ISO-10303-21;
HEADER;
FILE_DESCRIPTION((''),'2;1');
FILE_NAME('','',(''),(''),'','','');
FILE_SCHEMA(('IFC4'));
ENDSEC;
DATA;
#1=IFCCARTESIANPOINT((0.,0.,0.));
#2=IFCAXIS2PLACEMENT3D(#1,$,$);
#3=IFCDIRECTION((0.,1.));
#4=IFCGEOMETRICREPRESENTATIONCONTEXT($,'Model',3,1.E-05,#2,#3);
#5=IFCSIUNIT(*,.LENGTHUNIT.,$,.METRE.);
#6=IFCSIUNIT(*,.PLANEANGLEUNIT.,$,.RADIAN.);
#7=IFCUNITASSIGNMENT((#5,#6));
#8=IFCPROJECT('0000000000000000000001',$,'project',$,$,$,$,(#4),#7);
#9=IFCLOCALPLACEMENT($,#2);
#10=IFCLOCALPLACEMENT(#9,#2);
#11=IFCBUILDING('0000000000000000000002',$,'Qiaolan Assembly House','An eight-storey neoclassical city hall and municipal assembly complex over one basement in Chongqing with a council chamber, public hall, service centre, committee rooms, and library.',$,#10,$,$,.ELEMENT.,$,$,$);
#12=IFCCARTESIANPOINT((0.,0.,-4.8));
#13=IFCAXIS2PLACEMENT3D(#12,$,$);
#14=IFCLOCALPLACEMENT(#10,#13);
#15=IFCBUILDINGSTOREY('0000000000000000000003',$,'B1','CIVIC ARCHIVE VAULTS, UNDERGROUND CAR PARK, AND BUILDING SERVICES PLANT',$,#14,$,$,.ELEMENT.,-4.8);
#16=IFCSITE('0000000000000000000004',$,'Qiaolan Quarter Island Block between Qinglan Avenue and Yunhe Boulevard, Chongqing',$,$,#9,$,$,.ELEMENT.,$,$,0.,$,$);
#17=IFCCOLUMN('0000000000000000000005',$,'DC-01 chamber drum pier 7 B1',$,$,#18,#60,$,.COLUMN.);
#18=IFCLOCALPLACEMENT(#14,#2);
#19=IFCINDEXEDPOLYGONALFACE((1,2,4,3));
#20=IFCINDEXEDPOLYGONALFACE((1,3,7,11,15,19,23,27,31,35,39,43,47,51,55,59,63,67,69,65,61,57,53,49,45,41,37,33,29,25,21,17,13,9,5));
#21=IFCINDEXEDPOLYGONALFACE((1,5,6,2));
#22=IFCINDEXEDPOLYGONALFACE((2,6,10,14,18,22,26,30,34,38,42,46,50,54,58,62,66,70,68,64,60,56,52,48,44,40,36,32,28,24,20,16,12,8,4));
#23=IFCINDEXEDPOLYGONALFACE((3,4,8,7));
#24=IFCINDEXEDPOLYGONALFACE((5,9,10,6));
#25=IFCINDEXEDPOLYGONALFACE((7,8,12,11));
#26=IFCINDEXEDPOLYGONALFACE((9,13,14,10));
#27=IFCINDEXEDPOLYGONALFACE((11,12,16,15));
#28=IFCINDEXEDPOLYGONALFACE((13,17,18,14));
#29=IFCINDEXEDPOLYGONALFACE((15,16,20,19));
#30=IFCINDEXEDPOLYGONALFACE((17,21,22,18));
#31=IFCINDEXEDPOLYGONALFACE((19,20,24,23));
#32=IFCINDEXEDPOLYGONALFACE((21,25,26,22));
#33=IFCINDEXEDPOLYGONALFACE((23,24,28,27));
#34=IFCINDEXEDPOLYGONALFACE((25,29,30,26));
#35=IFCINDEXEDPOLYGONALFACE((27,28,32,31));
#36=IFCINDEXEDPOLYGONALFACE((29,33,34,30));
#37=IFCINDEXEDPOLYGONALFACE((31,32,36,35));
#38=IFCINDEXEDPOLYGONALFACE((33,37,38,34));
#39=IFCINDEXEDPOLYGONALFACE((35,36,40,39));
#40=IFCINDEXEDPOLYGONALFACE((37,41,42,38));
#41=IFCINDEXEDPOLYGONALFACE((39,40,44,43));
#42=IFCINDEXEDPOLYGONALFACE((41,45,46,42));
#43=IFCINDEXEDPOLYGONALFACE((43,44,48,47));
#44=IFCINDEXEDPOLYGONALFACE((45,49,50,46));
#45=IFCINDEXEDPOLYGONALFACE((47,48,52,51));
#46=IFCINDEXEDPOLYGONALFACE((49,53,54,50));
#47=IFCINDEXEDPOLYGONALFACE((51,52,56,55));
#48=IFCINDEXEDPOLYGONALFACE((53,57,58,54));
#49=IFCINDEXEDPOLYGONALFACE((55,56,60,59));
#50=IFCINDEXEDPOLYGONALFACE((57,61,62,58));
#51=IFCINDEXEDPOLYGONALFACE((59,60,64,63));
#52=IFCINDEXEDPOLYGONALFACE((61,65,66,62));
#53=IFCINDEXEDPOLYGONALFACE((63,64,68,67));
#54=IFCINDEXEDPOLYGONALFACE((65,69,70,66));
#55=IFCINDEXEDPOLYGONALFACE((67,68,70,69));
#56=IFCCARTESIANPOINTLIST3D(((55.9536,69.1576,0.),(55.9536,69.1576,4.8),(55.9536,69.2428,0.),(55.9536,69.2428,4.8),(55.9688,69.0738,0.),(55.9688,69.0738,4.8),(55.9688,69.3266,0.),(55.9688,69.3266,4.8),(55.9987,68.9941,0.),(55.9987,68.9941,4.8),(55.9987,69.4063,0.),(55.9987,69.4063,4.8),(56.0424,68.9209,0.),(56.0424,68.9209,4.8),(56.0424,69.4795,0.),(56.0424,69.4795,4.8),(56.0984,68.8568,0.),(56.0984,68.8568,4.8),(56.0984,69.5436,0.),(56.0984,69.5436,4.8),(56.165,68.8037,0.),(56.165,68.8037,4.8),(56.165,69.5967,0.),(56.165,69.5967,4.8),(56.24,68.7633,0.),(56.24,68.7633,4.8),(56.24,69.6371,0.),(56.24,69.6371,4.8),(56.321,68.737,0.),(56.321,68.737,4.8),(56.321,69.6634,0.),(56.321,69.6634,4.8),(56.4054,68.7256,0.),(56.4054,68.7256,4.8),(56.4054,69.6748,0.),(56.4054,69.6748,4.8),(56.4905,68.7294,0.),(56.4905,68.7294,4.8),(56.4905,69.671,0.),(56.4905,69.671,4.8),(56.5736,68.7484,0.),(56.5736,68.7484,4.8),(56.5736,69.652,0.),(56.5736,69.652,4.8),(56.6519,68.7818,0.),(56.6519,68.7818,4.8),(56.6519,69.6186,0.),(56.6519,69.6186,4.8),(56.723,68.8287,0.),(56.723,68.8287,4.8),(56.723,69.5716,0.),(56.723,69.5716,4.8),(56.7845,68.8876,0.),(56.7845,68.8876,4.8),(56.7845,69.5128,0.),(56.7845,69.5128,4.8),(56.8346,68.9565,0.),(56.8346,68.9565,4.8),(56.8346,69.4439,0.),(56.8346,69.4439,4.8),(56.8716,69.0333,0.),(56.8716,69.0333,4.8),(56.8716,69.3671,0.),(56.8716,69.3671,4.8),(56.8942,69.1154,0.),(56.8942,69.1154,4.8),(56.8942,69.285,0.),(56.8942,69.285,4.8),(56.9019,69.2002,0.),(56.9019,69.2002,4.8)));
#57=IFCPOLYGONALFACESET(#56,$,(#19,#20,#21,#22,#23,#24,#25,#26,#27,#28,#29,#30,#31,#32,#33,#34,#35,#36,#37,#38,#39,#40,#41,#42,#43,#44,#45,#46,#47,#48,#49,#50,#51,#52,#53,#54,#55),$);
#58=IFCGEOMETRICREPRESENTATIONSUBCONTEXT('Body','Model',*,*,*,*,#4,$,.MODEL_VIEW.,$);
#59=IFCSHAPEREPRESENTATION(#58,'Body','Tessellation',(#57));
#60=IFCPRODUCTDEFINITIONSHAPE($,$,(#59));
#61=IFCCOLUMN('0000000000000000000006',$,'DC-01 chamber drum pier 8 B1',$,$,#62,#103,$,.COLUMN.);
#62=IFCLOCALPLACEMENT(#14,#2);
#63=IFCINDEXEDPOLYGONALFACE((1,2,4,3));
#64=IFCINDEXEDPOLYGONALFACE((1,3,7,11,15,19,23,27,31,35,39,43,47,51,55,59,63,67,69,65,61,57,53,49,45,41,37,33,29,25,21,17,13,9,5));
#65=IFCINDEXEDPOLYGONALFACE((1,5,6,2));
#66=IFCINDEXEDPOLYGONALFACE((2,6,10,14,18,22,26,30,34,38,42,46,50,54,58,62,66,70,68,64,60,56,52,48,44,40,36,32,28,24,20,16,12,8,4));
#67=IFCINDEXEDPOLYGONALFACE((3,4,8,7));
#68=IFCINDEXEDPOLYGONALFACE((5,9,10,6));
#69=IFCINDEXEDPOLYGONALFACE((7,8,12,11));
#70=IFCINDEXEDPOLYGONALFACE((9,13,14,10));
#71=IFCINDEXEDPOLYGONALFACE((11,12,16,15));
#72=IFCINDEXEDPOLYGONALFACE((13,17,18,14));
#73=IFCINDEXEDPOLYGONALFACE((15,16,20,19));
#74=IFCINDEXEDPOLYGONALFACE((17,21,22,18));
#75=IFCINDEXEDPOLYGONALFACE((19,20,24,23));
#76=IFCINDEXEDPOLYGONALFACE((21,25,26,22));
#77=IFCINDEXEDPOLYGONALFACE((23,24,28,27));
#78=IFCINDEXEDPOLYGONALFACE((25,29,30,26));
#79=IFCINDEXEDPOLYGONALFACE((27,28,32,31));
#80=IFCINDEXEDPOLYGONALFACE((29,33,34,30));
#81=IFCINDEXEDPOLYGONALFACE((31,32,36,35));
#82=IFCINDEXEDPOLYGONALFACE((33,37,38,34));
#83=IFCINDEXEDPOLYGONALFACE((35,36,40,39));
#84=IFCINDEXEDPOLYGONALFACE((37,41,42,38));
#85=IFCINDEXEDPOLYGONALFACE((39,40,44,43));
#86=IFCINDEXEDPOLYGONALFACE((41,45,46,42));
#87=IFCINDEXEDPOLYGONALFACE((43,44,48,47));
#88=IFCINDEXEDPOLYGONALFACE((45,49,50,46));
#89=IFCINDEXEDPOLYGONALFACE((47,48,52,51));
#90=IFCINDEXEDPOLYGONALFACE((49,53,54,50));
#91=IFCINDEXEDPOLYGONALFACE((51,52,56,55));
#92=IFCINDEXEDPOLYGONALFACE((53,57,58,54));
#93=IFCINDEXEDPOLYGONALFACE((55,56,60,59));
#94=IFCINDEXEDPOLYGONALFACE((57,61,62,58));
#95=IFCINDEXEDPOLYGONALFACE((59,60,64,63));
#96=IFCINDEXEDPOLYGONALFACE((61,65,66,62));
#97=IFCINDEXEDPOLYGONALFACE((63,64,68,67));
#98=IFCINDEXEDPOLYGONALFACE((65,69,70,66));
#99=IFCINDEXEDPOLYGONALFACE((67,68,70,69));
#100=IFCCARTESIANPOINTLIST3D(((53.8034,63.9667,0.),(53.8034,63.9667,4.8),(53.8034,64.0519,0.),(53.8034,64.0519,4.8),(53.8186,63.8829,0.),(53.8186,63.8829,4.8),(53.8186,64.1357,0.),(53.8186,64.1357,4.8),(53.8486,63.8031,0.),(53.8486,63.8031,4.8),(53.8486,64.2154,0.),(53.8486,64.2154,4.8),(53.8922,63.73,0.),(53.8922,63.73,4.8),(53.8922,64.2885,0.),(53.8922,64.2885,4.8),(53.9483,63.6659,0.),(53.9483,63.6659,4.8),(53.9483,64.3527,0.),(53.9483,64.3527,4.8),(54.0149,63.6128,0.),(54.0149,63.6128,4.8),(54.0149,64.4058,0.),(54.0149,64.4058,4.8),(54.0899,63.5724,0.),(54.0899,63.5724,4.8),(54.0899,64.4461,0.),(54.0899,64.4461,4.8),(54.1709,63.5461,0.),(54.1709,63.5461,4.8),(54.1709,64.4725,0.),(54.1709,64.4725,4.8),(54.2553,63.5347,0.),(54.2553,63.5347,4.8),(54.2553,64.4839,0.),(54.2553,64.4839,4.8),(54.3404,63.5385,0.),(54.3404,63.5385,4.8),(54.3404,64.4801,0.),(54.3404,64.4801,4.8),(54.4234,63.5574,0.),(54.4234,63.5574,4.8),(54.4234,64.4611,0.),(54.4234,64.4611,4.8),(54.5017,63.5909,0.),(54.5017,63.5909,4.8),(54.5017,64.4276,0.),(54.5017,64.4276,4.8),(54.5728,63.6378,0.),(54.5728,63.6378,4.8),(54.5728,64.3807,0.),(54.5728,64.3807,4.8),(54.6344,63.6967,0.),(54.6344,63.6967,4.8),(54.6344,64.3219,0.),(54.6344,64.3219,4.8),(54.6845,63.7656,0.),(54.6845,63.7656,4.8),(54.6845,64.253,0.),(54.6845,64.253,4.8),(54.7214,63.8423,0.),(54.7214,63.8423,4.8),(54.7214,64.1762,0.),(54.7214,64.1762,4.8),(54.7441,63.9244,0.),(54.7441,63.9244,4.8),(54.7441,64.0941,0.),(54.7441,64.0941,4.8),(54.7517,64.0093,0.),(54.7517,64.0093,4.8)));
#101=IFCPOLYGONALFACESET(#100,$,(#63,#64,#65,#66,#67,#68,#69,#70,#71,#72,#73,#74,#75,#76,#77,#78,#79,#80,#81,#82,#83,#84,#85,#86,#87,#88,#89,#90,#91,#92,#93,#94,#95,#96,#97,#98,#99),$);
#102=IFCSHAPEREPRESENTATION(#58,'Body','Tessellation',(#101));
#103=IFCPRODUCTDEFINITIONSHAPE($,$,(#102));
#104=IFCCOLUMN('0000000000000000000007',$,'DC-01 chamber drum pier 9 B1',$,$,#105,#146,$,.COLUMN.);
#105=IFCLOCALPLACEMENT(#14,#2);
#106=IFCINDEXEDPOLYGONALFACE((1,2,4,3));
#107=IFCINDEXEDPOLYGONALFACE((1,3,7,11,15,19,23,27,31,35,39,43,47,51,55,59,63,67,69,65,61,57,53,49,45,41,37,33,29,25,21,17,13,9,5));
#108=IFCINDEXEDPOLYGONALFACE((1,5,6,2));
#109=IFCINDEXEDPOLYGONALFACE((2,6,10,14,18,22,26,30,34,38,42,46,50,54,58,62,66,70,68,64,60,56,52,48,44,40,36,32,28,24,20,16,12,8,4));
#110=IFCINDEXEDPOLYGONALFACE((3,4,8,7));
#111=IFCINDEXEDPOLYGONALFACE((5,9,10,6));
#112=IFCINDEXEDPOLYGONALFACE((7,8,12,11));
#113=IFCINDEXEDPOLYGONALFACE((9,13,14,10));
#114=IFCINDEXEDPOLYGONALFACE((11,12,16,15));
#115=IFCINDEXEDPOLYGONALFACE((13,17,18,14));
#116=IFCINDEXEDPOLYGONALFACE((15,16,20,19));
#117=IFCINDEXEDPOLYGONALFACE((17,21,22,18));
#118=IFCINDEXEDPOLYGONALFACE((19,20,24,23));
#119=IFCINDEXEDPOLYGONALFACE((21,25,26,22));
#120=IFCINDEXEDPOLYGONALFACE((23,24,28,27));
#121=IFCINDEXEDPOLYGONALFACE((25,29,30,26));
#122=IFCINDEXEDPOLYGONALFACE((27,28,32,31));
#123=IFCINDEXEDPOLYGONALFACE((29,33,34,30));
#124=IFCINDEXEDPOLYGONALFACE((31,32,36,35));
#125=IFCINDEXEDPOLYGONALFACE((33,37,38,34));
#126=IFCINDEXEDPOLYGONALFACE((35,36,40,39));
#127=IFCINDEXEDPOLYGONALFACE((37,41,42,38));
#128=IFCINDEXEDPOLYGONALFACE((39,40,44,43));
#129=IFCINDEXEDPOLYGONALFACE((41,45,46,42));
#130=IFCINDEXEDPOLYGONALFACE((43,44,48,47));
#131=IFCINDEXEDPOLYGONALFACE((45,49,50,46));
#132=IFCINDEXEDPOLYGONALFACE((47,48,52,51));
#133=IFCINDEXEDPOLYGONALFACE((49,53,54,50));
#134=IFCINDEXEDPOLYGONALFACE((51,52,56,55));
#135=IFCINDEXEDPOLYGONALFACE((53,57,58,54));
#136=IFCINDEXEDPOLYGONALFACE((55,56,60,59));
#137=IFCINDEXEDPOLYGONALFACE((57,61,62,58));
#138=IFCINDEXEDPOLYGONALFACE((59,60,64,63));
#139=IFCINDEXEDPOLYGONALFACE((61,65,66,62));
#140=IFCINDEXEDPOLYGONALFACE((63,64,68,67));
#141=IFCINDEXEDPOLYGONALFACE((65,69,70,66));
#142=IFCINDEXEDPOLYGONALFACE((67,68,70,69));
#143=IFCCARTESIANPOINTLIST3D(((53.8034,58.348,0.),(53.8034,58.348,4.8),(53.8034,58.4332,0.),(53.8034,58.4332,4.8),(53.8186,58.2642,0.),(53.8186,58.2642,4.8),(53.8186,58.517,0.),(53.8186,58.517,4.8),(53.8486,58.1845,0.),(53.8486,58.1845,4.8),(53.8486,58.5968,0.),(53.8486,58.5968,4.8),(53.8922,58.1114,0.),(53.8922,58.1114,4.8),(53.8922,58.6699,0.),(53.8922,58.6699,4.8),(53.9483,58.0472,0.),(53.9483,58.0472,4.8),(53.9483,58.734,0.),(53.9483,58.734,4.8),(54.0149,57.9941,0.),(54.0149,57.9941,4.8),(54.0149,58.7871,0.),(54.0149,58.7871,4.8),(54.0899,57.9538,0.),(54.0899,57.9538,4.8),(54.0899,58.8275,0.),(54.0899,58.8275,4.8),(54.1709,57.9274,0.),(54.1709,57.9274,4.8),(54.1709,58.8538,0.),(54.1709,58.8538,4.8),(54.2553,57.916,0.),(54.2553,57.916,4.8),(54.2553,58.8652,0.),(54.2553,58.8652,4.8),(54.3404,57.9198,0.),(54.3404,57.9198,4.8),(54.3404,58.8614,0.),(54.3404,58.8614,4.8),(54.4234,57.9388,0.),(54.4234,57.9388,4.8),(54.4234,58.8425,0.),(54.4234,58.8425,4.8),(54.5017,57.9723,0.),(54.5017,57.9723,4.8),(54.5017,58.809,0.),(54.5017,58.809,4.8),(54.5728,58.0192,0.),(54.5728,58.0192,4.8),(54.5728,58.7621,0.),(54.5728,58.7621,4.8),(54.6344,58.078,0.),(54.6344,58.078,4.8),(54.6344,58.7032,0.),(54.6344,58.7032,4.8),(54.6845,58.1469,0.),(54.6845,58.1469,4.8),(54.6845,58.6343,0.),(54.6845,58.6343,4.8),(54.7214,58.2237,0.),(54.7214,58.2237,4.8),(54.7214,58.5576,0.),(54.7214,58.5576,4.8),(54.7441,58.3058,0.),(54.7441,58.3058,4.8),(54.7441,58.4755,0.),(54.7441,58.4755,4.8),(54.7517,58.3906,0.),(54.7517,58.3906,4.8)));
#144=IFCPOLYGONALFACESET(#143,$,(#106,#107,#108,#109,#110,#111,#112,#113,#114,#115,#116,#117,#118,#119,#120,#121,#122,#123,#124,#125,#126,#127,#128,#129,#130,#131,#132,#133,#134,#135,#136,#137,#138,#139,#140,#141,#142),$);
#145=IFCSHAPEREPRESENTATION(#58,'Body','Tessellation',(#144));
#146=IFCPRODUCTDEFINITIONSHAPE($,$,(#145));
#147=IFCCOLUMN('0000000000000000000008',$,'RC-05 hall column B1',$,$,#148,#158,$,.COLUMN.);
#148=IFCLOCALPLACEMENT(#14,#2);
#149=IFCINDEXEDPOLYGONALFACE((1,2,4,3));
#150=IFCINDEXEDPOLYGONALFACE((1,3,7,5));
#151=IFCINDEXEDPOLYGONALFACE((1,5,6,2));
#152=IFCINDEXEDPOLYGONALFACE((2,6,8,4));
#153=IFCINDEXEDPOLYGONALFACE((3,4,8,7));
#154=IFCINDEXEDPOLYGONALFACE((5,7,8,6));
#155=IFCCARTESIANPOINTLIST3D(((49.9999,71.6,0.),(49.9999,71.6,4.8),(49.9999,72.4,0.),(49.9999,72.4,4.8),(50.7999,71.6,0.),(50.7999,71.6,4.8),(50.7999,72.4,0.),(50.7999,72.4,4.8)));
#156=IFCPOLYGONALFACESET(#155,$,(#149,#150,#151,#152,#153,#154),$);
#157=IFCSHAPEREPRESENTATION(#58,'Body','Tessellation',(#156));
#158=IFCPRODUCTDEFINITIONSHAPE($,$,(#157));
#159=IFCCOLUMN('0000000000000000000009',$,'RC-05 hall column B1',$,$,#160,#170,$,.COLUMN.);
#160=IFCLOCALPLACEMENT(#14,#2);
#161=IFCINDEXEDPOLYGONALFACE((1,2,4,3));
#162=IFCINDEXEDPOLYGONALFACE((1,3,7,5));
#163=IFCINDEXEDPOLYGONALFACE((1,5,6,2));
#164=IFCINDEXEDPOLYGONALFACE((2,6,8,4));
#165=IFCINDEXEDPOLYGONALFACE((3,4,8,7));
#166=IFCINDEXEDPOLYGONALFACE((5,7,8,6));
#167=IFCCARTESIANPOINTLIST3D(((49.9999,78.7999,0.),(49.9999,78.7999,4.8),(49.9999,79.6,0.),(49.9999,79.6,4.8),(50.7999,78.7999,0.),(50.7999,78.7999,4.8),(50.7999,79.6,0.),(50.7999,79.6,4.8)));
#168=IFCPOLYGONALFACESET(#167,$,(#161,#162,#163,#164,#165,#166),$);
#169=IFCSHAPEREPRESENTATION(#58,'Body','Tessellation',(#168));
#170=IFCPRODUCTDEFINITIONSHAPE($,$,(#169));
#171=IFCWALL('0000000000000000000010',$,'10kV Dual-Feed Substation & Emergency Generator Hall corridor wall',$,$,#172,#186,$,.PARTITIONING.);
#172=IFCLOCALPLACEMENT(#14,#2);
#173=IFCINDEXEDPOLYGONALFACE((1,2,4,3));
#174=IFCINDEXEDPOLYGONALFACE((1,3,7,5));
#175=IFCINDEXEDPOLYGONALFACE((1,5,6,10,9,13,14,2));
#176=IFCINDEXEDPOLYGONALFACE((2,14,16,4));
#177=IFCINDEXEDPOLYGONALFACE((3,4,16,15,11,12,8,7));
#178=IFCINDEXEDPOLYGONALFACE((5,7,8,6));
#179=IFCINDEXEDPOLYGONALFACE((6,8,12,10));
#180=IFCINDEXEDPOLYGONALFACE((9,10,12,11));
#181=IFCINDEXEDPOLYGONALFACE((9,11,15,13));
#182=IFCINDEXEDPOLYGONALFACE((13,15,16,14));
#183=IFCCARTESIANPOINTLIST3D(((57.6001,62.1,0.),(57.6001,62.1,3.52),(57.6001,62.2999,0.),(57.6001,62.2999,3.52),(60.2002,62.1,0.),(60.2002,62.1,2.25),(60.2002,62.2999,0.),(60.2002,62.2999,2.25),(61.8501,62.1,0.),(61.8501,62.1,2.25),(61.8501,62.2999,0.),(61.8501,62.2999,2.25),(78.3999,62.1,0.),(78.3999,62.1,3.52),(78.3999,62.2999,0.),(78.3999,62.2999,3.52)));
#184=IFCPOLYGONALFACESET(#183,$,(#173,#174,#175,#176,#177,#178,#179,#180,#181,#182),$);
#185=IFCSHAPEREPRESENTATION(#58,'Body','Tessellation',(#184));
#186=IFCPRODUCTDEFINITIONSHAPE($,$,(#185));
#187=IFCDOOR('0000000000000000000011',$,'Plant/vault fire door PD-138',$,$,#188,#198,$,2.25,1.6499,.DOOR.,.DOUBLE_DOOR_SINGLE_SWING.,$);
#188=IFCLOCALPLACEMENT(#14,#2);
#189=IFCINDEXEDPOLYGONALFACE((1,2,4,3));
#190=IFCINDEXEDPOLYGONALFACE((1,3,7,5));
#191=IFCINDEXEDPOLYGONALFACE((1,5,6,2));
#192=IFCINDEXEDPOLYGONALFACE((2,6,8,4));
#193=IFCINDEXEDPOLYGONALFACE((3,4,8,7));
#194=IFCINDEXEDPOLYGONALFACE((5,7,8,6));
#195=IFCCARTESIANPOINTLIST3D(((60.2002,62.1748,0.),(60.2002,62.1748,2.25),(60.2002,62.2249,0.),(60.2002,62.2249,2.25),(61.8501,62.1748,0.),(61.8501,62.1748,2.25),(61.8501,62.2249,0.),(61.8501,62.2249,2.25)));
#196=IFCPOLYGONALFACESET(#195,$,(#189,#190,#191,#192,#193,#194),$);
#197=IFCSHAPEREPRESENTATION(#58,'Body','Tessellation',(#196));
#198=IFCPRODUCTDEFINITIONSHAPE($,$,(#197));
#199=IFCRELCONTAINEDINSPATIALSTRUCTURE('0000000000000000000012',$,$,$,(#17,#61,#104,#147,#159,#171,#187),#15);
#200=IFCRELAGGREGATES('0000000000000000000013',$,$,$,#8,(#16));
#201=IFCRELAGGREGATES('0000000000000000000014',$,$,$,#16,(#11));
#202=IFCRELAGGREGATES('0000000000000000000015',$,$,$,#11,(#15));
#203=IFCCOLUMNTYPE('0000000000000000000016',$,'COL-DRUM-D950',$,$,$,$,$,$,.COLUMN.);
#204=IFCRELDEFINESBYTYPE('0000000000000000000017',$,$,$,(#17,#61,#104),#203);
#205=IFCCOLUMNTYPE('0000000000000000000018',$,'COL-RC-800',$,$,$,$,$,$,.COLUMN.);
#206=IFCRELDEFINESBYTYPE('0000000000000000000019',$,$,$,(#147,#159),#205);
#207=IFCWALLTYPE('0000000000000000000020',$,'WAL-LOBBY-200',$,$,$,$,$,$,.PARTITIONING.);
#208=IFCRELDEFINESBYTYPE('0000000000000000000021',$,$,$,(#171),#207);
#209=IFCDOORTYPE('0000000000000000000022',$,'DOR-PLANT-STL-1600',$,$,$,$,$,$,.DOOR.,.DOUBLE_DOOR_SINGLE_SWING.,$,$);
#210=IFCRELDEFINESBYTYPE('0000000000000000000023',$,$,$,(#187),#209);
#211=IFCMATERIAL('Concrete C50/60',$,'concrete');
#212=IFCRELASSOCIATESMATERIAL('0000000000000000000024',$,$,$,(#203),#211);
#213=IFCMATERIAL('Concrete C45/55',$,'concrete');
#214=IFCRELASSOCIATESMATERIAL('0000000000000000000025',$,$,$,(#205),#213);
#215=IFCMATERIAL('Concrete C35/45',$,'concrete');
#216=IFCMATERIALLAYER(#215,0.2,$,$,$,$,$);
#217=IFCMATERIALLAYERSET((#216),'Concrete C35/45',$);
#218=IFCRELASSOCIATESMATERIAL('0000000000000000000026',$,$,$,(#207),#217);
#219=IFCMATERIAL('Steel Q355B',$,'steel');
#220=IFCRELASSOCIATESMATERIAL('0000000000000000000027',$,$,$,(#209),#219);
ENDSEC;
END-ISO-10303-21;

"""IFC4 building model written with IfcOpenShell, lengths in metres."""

from ifc_helpers import new_model, si_unit, direction, frame, frame_2d, origin, origin_2d, place, context, subcontext, project, spatial, rectangle, circle, extrude, material, layer, layer_set, material_profile, profile_set, type_object, element, fill, save


model = new_model("IFC4")

# Units and contexts
model_context = context("Model", 3, precision=1e-05, world=origin(), true_north=direction((0.0, 1.0)))
body_context = subcontext(model_context, "Body", "Model", "MODEL_VIEW")
ifc_project = project(units=[si_unit("LENGTHUNIT", "METRE"), si_unit("PLANEANGLEUNIT", "RADIAN")], contexts=[model_context])

# Site, building, storey
site_placement = place(None, origin())
site = spatial("IfcSite", under=ifc_project, at=site_placement, Name="Qiaolan Quarter Island Block between Qinglan Avenue and Yunhe Boulevard, Chongqing", CompositionType="ELEMENT", RefElevation=0.0)
building_placement = place(site_placement, origin())
building = spatial("IfcBuilding", under=site, at=building_placement, Name="Qiaolan Assembly House", Description="An eight-storey neoclassical city hall and municipal assembly complex over one basement in Chongqing with a council chamber, public hall, service centre, committee rooms, and library.", CompositionType="ELEMENT")
storey_placement = place(building_placement, frame((0.0, 0.0, -4.8)))
storey = spatial("IfcBuildingStorey", under=building, at=storey_placement, Name="B1", Description="CIVIC ARCHIVE VAULTS, UNDERGROUND CAR PARK, AND BUILDING SERVICES PLANT", CompositionType="ELEMENT", Elevation=-4.8)

# Shared definitions
ifc_material_1 = material(Name="Concrete C45/55", Category="concrete")

# Columns
ifc_material_2 = material(Name="Concrete C50/60", Category="concrete")
ifc_material_profile_1 = material_profile(ifc_material_2, circle(Radius=0.4751, at=origin_2d()), Name="CIRC D950")
ifc_profile_set_1 = profile_set([ifc_material_profile_1], Name="Concrete C50/60")
column_type_1 = type_object("IfcColumnType", Name="COL-DRUM-D950", PredefinedType="COLUMN", material=ifc_profile_set_1)
for number, where, z_axis, x_axis, name in (
    (1, (56.4268, 69.2002, 0.0), (0.0, 0.0, 1.0), (1.0, 0.0, 0.0), "DC-01 chamber drum pier 7 B1"),
    (2, (54.2766, 64.0093, 0.0), (0.0, 0.0, 1.0), (1.0, 0.0, 0.0), "DC-01 chamber drum pier 8 B1"),
    (3, (54.2766, 58.3906, 0.0), (0.0, 0.0, 1.0), (1.0, 0.0, 0.0), "DC-01 chamber drum pier 9 B1"),
):
    element("IfcColumn", number, at=place(storey_placement, frame(where, z_axis=z_axis, x_axis=x_axis)), inside=storey, type_object=column_type_1, Name=name, PredefinedType="COLUMN", context=body_context, shape_type="SweptSolid", body=[
        extrude(circle(Radius=0.4751, at=origin_2d()), origin(), (0.0, 0.0, 1.0), 4.8),
    ])
ifc_material_profile_2 = material_profile(ifc_material_1, rectangle(XDim=0.8, YDim=0.8, at=origin_2d()), Name="RC 800x800")
ifc_profile_set_2 = profile_set([ifc_material_profile_2], Name="Concrete C45/55")
column_type_2 = type_object("IfcColumnType", Name="COL-RC-800", PredefinedType="COLUMN", material=ifc_profile_set_2)
for number, where, z_axis, x_axis, name in (
    (4, (50.3999, 72.0, 0.0), (0.0, 0.0, 1.0), (1.0, 0.0, 0.0), "RC-05 hall column B1"),
    (5, (50.3999, 79.2, 0.0), (0.0, 0.0, 1.0), (1.0, 0.0, 0.0), "RC-05 hall column B1"),
):
    element("IfcColumn", number, at=place(storey_placement, frame(where, z_axis=z_axis, x_axis=x_axis)), inside=storey, type_object=column_type_2, Name=name, PredefinedType="COLUMN", context=body_context, shape_type="SweptSolid", body=[
        extrude(rectangle(XDim=0.8, YDim=0.8, at=origin_2d()), origin(), (0.0, 0.0, 1.0), 4.8),
    ])

# Wall, opening, door
ifc_material_3 = material(Name="Concrete C35/45", Category="concrete")
ifc_layer = layer(ifc_material_3, 0.2)
ifc_layer_set = layer_set([ifc_layer], Name="Concrete C35/45")
wall_type = type_object("IfcWallType", Name="WAL-LOBBY-200", PredefinedType="PARTITIONING", material=ifc_layer_set)
wall_1_placement = place(storey_placement, frame((57.6001, 62.2, 0.0), z_axis=(0.0, 0.0, 1.0), x_axis=(1.0, 0.0, 0.0)))
wall_1 = element("IfcWall", 6, at=wall_1_placement, inside=storey, type_object=wall_type, Name="10kV Dual-Feed Substation & Emergency Generator Hall corridor wall", PredefinedType="PARTITIONING", context=body_context, shape_type="SweptSolid", body=[
    extrude(rectangle(XDim=20.7998, YDim=0.2, at=frame_2d((10.3999, 0.0))), origin(), (0.0, 0.0, 1.0), 3.52),
])
opening_placement = place(wall_1_placement, frame((2.6001, 0.0, 0.0)))
opening = element("IfcOpeningElement", 7, at=opening_placement, cuts=wall_1, PredefinedType="OPENING", context=body_context, shape_type="SweptSolid", body=[
    extrude(rectangle(XDim=1.6499, YDim=2.25, at=frame_2d((0.825, 1.125))), frame((0.0, 0.1099, 0.0), z_axis=(0.0, -1.0, 0.0), x_axis=(1.0, 0.0, 0.0)), (0.0, 0.0, 1.0), 0.22),
])
ifc_material_4 = material(Name="Steel Q355B", Category="steel")
door_type = type_object("IfcDoorType", Name="DOR-PLANT-STL-1600", OperationType="DOUBLE_DOOR_SINGLE_SWING", PredefinedType="DOOR", material=ifc_material_4)
door_placement = place(opening_placement, origin())
door = element("IfcDoor", 8, at=door_placement, inside=storey, type_object=door_type, Name="Plant/vault fire door PD-138", OperationType="DOUBLE_DOOR_SINGLE_SWING", OverallHeight=2.25, OverallWidth=1.6499, PredefinedType="DOOR", context=body_context, shape_type="SweptSolid", body=[
    extrude(rectangle(XDim=1.6499, YDim=2.25, at=frame_2d((0.825, 1.125))), frame((0.0, 0.0249, 0.0), z_axis=(0.0, -1.0, 0.0), x_axis=(1.0, 0.0, 0.0)), (0.0, 0.0, 1.0), 0.05),
])
fill(opening, door)

save(model, "model.ifc")
